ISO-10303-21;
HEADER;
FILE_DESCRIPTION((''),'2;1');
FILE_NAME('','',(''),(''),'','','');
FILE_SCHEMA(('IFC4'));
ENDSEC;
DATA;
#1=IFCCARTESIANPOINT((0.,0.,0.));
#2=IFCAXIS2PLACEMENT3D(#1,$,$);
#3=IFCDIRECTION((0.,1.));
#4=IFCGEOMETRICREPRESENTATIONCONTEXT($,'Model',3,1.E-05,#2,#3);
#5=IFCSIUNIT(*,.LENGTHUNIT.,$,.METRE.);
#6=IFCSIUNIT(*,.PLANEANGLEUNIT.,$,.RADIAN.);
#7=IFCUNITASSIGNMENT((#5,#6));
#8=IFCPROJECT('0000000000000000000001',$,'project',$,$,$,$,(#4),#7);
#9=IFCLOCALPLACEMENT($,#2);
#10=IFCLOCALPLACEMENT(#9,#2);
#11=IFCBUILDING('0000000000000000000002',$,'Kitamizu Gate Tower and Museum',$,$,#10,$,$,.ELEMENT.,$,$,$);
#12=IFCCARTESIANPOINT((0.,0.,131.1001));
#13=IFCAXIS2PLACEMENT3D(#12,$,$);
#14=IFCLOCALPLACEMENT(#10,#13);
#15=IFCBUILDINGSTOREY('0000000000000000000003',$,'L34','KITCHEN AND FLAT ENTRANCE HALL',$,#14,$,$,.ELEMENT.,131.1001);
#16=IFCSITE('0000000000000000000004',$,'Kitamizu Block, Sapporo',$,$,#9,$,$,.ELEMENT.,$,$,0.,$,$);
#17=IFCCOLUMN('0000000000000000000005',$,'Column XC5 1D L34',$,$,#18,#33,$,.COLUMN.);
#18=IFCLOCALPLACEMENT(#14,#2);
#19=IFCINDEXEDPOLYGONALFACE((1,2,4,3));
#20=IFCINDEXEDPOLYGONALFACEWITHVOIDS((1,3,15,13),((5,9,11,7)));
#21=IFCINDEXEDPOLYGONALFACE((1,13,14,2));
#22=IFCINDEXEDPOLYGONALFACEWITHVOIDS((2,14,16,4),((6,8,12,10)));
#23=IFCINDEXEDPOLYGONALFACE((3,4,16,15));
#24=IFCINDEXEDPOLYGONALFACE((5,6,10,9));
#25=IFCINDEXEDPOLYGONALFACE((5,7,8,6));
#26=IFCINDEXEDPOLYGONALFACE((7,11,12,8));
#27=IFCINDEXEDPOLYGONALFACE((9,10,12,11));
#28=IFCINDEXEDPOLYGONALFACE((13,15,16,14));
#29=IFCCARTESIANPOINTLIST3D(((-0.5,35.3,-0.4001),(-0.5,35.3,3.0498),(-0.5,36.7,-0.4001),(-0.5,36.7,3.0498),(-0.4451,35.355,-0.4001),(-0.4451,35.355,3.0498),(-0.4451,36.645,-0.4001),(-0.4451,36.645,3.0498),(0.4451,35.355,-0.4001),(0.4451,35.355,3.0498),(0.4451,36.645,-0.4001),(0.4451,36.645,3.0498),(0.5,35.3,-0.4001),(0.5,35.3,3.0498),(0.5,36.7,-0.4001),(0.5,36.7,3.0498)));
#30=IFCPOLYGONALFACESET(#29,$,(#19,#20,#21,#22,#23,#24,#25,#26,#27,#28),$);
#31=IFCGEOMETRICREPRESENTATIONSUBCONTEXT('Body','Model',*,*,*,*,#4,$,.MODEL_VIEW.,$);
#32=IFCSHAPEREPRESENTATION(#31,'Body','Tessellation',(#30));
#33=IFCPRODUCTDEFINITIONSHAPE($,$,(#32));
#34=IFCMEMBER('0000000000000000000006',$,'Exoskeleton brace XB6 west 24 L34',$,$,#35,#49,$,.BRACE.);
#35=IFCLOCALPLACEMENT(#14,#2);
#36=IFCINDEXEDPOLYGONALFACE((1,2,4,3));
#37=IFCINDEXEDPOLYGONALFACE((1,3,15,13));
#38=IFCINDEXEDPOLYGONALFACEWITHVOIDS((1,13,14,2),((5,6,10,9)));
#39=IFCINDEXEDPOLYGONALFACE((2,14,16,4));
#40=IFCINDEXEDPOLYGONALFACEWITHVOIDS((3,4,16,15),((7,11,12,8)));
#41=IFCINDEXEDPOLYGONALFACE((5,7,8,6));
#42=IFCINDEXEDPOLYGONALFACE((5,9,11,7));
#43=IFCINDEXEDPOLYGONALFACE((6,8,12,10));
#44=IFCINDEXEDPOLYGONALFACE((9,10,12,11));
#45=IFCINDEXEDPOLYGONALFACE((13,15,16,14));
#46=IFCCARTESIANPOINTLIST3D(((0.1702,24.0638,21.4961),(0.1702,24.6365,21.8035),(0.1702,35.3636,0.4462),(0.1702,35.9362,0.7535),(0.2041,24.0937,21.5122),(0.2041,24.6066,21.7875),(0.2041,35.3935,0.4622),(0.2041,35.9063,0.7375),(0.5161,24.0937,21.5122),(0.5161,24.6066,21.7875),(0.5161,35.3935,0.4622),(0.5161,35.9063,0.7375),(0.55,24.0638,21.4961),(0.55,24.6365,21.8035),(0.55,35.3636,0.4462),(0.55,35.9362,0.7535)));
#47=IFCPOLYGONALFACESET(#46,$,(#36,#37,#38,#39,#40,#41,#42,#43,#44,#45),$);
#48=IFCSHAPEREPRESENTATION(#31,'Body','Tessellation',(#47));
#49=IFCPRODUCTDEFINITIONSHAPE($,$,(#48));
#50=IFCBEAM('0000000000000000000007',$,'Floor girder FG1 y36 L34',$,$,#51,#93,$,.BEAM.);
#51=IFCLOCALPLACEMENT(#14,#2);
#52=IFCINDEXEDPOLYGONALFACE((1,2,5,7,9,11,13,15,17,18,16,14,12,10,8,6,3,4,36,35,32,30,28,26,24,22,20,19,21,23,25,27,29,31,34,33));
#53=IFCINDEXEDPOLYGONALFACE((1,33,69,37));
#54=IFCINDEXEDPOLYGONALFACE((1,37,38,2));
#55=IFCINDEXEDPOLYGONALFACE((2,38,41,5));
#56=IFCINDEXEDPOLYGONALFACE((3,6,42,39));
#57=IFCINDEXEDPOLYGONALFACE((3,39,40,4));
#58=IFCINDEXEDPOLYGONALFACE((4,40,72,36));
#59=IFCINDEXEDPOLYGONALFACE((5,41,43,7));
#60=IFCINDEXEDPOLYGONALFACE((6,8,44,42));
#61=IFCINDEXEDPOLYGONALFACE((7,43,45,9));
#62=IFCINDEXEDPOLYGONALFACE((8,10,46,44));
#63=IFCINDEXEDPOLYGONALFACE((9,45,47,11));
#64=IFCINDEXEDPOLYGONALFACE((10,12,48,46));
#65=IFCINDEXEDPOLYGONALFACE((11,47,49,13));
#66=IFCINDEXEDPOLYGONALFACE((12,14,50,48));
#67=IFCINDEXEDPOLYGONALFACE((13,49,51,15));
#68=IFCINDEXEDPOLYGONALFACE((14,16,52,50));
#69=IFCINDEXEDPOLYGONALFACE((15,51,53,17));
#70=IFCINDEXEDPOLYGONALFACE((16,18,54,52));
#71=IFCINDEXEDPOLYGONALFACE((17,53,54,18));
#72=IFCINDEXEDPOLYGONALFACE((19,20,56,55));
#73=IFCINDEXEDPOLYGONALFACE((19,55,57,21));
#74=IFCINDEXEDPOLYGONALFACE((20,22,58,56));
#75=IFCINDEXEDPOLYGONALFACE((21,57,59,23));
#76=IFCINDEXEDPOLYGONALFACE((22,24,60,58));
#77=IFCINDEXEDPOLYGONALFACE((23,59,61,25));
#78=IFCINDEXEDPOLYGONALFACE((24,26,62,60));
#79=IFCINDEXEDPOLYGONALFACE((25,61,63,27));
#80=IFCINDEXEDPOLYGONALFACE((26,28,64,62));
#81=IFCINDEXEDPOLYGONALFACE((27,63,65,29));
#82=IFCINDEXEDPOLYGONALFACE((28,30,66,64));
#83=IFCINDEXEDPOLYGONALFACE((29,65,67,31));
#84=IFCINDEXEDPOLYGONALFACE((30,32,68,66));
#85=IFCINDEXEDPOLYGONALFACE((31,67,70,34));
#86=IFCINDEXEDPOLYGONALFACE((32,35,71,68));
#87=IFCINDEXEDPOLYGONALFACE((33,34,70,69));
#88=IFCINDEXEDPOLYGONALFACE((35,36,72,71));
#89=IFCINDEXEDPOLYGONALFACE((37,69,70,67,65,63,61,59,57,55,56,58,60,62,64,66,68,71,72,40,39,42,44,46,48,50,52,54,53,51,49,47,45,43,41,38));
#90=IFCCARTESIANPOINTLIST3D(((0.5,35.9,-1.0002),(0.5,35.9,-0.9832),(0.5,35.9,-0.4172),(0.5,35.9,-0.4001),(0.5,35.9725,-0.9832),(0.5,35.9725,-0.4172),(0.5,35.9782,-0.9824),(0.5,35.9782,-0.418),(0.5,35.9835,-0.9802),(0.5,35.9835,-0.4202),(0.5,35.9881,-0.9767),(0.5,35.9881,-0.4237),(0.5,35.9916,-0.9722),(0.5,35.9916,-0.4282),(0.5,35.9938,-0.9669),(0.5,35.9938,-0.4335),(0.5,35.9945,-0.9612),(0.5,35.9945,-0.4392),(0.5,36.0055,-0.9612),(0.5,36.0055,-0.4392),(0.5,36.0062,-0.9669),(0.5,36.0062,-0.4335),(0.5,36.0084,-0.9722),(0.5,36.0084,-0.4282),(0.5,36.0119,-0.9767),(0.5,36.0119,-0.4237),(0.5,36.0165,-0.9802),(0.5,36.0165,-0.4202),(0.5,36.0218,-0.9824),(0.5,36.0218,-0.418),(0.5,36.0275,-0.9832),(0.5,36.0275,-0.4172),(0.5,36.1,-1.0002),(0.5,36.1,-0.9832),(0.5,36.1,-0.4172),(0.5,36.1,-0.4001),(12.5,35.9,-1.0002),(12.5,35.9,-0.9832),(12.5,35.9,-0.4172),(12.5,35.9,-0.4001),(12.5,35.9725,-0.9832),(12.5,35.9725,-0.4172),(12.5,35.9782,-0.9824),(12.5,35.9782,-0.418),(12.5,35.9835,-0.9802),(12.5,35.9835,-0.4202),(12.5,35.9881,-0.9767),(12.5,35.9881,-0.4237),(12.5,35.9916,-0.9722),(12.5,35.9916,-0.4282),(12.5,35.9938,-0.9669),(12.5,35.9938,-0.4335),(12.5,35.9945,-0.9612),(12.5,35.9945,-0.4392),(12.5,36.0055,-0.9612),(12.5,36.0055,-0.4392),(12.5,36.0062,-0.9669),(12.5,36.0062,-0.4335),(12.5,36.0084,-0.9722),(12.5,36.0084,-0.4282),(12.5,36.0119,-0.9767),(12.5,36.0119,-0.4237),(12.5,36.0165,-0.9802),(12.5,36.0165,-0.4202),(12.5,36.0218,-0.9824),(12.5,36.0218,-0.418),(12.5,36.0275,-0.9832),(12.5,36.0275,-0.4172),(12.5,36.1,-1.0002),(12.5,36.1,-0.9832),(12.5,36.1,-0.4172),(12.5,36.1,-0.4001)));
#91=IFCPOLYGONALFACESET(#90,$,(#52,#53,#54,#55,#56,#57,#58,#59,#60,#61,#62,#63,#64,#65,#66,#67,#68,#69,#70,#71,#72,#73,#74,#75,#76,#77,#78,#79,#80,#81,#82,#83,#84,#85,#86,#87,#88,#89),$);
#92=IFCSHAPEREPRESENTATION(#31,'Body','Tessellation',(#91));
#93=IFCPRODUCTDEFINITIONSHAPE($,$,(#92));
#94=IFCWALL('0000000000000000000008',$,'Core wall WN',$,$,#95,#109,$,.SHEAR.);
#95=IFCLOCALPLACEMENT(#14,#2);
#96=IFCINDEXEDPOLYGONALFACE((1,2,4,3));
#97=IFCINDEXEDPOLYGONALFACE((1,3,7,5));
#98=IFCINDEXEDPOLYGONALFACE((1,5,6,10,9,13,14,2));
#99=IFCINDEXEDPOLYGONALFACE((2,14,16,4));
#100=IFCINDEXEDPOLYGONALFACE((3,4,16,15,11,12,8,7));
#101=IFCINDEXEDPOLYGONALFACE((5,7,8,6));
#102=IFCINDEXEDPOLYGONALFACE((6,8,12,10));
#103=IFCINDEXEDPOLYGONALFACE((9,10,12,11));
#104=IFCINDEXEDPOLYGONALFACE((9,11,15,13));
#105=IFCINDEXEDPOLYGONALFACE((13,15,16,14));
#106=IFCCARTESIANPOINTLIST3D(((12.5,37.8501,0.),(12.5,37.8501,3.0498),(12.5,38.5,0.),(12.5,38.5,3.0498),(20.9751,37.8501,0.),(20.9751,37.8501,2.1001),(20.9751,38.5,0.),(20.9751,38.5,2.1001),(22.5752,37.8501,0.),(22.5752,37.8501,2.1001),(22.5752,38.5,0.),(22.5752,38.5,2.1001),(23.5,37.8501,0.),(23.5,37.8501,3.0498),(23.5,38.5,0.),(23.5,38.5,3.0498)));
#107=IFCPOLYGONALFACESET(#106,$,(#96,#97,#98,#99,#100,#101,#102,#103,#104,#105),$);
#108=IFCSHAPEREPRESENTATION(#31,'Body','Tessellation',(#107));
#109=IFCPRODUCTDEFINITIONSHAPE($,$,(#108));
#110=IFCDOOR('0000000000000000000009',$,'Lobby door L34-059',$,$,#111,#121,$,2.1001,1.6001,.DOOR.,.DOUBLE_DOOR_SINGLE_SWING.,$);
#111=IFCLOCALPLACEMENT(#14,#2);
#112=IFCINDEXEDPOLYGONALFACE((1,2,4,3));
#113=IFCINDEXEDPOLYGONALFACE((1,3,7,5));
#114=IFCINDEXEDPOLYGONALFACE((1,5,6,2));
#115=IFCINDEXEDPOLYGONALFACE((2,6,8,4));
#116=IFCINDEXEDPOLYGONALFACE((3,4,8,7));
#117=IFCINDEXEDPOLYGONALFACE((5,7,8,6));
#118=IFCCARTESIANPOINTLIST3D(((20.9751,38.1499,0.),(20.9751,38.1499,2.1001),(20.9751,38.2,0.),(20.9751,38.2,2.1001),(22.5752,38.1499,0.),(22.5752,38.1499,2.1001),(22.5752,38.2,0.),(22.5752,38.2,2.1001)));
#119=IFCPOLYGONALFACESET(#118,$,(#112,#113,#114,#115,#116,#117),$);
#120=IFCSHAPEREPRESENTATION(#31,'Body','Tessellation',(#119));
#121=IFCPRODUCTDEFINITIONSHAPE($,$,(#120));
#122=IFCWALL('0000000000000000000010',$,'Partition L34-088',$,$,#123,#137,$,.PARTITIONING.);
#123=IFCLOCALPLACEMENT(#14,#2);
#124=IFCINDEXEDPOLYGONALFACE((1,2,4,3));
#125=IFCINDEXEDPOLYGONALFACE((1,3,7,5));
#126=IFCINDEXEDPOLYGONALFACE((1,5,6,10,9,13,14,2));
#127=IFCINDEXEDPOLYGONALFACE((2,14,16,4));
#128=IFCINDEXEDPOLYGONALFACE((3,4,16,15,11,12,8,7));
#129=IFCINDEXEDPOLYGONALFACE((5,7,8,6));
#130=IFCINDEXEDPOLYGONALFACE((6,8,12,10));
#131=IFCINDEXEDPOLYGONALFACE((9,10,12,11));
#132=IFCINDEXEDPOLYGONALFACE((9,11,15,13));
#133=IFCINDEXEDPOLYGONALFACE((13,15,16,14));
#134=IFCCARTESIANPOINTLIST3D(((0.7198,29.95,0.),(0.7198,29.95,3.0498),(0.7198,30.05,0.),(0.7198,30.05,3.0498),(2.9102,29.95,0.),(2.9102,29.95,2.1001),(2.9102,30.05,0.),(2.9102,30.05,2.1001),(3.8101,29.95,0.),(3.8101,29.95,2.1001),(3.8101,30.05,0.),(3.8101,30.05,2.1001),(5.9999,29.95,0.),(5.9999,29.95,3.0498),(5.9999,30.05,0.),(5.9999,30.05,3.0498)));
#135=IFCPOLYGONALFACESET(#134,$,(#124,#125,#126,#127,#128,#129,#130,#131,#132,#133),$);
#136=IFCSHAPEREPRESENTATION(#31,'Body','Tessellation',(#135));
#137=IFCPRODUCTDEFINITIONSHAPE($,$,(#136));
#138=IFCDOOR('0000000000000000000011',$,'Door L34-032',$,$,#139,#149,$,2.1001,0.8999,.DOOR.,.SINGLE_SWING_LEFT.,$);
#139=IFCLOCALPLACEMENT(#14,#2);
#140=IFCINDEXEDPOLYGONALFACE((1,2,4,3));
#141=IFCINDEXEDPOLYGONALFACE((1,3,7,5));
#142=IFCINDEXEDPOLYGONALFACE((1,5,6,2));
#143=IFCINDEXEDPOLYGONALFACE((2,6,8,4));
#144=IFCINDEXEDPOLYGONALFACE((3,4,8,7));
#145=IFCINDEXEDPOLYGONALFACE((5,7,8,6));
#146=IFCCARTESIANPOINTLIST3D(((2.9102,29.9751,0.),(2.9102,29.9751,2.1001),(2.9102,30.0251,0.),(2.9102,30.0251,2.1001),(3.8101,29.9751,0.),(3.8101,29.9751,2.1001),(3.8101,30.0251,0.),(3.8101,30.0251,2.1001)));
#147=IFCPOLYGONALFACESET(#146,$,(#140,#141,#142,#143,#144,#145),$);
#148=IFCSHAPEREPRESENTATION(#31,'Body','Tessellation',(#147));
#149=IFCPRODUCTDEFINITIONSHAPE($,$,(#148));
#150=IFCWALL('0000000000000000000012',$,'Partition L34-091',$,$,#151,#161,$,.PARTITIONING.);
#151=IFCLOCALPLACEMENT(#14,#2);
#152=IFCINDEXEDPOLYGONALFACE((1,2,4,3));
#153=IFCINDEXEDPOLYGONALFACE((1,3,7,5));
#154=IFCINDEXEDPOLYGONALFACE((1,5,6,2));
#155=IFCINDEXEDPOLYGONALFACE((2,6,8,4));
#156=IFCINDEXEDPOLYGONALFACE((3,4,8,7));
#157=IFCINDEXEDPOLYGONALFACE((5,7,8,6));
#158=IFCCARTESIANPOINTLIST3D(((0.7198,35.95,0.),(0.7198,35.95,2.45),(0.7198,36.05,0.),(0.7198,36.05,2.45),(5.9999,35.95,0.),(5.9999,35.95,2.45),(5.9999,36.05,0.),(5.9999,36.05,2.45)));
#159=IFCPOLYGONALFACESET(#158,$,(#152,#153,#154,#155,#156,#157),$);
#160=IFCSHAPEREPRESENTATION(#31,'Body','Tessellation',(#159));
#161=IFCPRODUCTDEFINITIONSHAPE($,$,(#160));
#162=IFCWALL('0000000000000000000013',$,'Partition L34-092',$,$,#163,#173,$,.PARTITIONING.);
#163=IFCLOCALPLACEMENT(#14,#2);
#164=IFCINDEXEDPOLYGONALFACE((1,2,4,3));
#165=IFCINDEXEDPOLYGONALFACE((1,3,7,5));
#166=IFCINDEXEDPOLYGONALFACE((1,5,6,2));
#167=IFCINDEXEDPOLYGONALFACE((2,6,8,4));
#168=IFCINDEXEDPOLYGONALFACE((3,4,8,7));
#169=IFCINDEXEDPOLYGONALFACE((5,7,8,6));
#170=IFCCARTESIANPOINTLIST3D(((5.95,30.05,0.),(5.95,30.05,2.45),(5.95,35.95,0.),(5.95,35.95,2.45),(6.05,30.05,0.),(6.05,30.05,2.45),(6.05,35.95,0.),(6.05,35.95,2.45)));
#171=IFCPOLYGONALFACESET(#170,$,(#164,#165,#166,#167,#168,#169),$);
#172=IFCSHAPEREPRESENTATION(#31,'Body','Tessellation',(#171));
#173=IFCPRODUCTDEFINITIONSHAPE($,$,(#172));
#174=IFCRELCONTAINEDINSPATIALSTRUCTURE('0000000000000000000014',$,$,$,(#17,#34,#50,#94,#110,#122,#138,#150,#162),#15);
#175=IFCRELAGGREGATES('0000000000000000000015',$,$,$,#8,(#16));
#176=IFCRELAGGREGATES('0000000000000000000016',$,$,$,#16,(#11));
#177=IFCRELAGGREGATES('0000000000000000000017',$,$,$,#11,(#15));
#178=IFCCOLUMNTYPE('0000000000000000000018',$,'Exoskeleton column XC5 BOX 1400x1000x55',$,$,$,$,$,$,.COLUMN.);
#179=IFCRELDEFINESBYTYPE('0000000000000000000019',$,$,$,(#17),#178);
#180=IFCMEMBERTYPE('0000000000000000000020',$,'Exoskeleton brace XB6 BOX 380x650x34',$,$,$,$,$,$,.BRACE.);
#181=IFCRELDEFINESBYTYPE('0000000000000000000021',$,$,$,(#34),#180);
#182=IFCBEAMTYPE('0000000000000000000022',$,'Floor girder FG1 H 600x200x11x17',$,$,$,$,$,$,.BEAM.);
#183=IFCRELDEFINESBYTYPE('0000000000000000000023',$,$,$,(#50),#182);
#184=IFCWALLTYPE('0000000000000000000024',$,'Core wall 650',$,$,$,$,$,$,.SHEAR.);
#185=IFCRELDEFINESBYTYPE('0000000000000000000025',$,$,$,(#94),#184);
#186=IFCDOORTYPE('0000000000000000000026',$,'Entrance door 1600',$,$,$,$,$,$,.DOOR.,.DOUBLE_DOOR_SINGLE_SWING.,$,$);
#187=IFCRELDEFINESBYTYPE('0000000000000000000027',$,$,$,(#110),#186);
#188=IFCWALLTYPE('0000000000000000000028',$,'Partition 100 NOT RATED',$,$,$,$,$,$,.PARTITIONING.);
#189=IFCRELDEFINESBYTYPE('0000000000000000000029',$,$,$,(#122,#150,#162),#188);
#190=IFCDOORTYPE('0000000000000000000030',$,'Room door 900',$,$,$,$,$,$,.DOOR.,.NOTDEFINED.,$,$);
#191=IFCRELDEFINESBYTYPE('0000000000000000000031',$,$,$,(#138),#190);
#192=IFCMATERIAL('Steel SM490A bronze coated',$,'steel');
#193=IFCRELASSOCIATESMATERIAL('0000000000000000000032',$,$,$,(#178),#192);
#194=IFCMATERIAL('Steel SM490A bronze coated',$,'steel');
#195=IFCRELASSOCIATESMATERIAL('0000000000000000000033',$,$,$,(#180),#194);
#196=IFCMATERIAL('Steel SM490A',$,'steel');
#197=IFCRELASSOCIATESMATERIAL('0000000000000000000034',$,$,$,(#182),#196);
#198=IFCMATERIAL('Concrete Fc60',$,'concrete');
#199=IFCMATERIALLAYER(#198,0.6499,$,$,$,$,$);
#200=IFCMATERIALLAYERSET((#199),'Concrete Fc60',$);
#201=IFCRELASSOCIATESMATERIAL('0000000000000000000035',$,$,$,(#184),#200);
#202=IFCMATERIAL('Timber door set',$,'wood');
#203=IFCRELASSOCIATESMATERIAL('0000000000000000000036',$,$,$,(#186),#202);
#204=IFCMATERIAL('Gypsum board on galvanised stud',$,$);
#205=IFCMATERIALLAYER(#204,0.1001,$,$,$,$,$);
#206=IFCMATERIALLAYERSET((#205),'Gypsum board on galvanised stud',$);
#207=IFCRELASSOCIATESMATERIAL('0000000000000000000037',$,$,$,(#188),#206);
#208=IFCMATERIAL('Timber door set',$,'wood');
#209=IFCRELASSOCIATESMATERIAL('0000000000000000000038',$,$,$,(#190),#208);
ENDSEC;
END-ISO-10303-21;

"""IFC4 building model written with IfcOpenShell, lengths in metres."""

from ifc_helpers import new_model, si_unit, direction, frame, frame_2d, origin, origin_2d, place, context, subcontext, project, spatial, rectangle, hollow_rectangle, i_section, extrude, material, layer, layer_set, material_profile, profile_set, type_object, element, fill, save


model = new_model("IFC4")

# Units and contexts
model_context = context("Model", 3, precision=1e-05, world=origin(), true_north=direction((0.0, 1.0)))
body_context = subcontext(model_context, "Body", "Model", "MODEL_VIEW")
ifc_project = project(units=[si_unit("LENGTHUNIT", "METRE"), si_unit("PLANEANGLEUNIT", "RADIAN")], contexts=[model_context])

# Site, building, storey
site_placement = place(None, origin())
site = spatial("IfcSite", under=ifc_project, at=site_placement, Name="Kitamizu Block, Sapporo", CompositionType="ELEMENT", RefElevation=0.0)
building_placement = place(site_placement, origin())
building = spatial("IfcBuilding", under=site, at=building_placement, Name="Kitamizu Gate Tower and Museum", CompositionType="ELEMENT")
storey_placement = place(building_placement, frame((0.0, 0.0, 131.1001)))
storey = spatial("IfcBuildingStorey", under=building, at=storey_placement, Name="L34", Description="KITCHEN AND FLAT ENTRANCE HALL", CompositionType="ELEMENT", Elevation=131.1001)

# Column
ifc_material_1 = material(Name="Steel SM490A bronze coated", Category="steel")
ifc_material_profile_1 = material_profile(ifc_material_1, hollow_rectangle(XDim=1.3999, YDim=1.0, WallThickness=0.0549, at=origin_2d()), Name="BOX 1400x1000x55")
ifc_profile_set_1 = profile_set([ifc_material_profile_1], Name="Steel SM490A bronze coated")
column_type = type_object("IfcColumnType", Name="Exoskeleton column XC5 BOX 1400x1000x55", PredefinedType="COLUMN", material=ifc_profile_set_1)
column_placement = place(storey_placement, frame((0.0, 36.0, -0.4001), z_axis=(0.0, 0.0, 1.0), x_axis=(0.0, 1.0, 0.0)))
element("IfcColumn", 1, at=column_placement, inside=storey, type_object=column_type, Name="Column XC5 1D L34", PredefinedType="COLUMN", context=body_context, shape_type="SweptSolid", body=[
    extrude(hollow_rectangle(XDim=1.3999, YDim=1.0, WallThickness=0.0549, at=origin_2d()), origin(), (0.0, 0.0, 1.0), 3.45),
])

# Member
ifc_material_2 = material(Name="Steel SM490A bronze coated", Category="steel")
ifc_material_profile_2 = material_profile(ifc_material_2, hollow_rectangle(XDim=0.3799, YDim=0.6499, WallThickness=0.0339, at=origin_2d()), Name="BOX 380x650x34")
ifc_profile_set_2 = profile_set([ifc_material_profile_2], Name="Steel SM490A bronze coated")
member_type = type_object("IfcMemberType", Name="Exoskeleton brace XB6 BOX 380x650x34", PredefinedType="BRACE", material=ifc_profile_set_2)
member_placement = place(storey_placement, frame((0.3601, 35.6499, 0.5999), z_axis=(0.0, -0.472969, 0.881079), x_axis=(1.0, 0.0, 0.0)))
element("IfcMember", 2, at=member_placement, inside=storey, type_object=member_type, Name="Exoskeleton brace XB6 west 24 L34", PredefinedType="BRACE", context=body_context, shape_type="SweptSolid", body=[
    extrude(hollow_rectangle(XDim=0.3799, YDim=0.6499, WallThickness=0.0339, at=origin_2d()), origin(), (0.0, 0.0, 1.0), 23.8911),
])

# Beam
ifc_material_3 = material(Name="Steel SM490A", Category="steel")
ifc_material_profile_3 = material_profile(ifc_material_3, i_section(OverallWidth=0.2, OverallDepth=0.6001, WebThickness=0.011, FlangeThickness=0.0171, FilletRadius=0.022, at=origin_2d()), Name="H-600x200x11x17")
ifc_profile_set_3 = profile_set([ifc_material_profile_3], Name="Steel SM490A")
beam_type = type_object("IfcBeamType", Name="Floor girder FG1 H 600x200x11x17", PredefinedType="BEAM", material=ifc_profile_set_3)
beam_placement = place(storey_placement, frame((0.5, 36.0, -0.7002), z_axis=(1.0, 0.0, 0.0), x_axis=(0.0, 1.0, 0.0)))
element("IfcBeam", 3, at=beam_placement, inside=storey, type_object=beam_type, Name="Floor girder FG1 y36 L34", PredefinedType="BEAM", context=body_context, shape_type="SweptSolid", body=[
    extrude(i_section(OverallWidth=0.2, OverallDepth=0.6001, WebThickness=0.011, FlangeThickness=0.0171, FilletRadius=0.022, at=origin_2d()), origin(), (0.0, 0.0, 1.0), 12.0),
])

# Walls, openings, doors
ifc_material_4 = material(Name="Concrete Fc60", Category="concrete")
ifc_layer_1 = layer(ifc_material_4, 0.6499)
ifc_layer_set_1 = layer_set([ifc_layer_1], Name="Concrete Fc60")
wall_type_1 = type_object("IfcWallType", Name="Core wall 650", PredefinedType="SHEAR", material=ifc_layer_set_1)
wall_1_placement = place(storey_placement, frame((12.5, 38.175, 0.0), z_axis=(0.0, 0.0, 1.0), x_axis=(1.0, 0.0, 0.0)))
wall_1 = element("IfcWall", 4, at=wall_1_placement, inside=storey, type_object=wall_type_1, Name="Core wall WN", PredefinedType="SHEAR", context=body_context, shape_type="SweptSolid", body=[
    extrude(rectangle(XDim=11.0, YDim=0.6499, at=frame_2d((5.5, 0.0))), origin(), (0.0, 0.0, 1.0), 3.0498),
])
opening_1_placement = place(wall_1_placement, frame((8.4751, 0.0, 0.0)))
opening_1 = element("IfcOpeningElement", 5, at=opening_1_placement, cuts=wall_1, PredefinedType="OPENING", context=body_context, shape_type="SweptSolid", body=[
    extrude(rectangle(XDim=1.6001, YDim=2.1001, at=frame_2d((0.8, 1.05))), frame((0.0, 0.335, 0.0), z_axis=(0.0, -1.0, 0.0), x_axis=(1.0, 0.0, 0.0)), (0.0, 0.0, 1.0), 0.6699),
])
ifc_material_5 = material(Name="Timber door set", Category="wood")
door_type_1 = type_object("IfcDoorType", Name="Entrance door 1600", OperationType="DOUBLE_DOOR_SINGLE_SWING", PredefinedType="DOOR", material=ifc_material_5)
door_1_placement = place(opening_1_placement, origin())
door_1 = element("IfcDoor", 6, at=door_1_placement, inside=storey, type_object=door_type_1, Name="Lobby door L34-059", OperationType="DOUBLE_DOOR_SINGLE_SWING", OverallHeight=2.1001, OverallWidth=1.6001, PredefinedType="DOOR", context=body_context, shape_type="SweptSolid", body=[
    extrude(rectangle(XDim=1.6001, YDim=2.1001, at=frame_2d((0.8, 1.05))), frame((0.0, 0.0249, 0.0), z_axis=(0.0, -1.0, 0.0), x_axis=(1.0, 0.0, 0.0)), (0.0, 0.0, 1.0), 0.05),
])
fill(opening_1, door_1)
ifc_material_6 = material(Name="Gypsum board on galvanised stud")
ifc_layer_2 = layer(ifc_material_6, 0.1001)
ifc_layer_set_2 = layer_set([ifc_layer_2], Name="Gypsum board on galvanised stud")
wall_type_2 = type_object("IfcWallType", Name="Partition 100 NOT RATED", PredefinedType="PARTITIONING", material=ifc_layer_set_2)
wall_2_placement = place(storey_placement, frame((6.0, 30.0, 0.0), z_axis=(0.0, 0.0, 1.0), x_axis=(-1.0, 0.0, 0.0)))
wall_2 = element("IfcWall", 7, at=wall_2_placement, inside=storey, type_object=wall_type_2, Name="Partition L34-088", PredefinedType="PARTITIONING", context=body_context, shape_type="SweptSolid", body=[
    extrude(rectangle(XDim=5.28, YDim=0.1001, at=frame_2d((2.6401, 0.0))), origin(), (0.0, 0.0, 1.0), 3.0498),
])
opening_2_placement = place(wall_2_placement, frame((2.1899, 0.0, 0.0)))
opening_2 = element("IfcOpeningElement", 8, at=opening_2_placement, cuts=wall_2, PredefinedType="OPENING", context=body_context, shape_type="SweptSolid", body=[
    extrude(rectangle(XDim=0.8999, YDim=2.1001, at=frame_2d((0.45, 1.05))), frame((0.0, 0.0601, 0.0), z_axis=(0.0, -1.0, 0.0), x_axis=(1.0, 0.0, 0.0)), (0.0, 0.0, 1.0), 0.1201),
])
ifc_material_7 = material(Name="Timber door set", Category="wood")
door_type_2 = type_object("IfcDoorType", Name="Room door 900", OperationType="NOTDEFINED", PredefinedType="DOOR", material=ifc_material_7)
door_2_placement = place(opening_2_placement, origin())
door_2 = element("IfcDoor", 9, at=door_2_placement, inside=storey, type_object=door_type_2, Name="Door L34-032", OperationType="SINGLE_SWING_LEFT", OverallHeight=2.1001, OverallWidth=0.8999, PredefinedType="DOOR", context=body_context, shape_type="SweptSolid", body=[
    extrude(rectangle(XDim=0.8999, YDim=2.1001, at=frame_2d((0.45, 1.05))), frame((0.0, 0.0249, 0.0), z_axis=(0.0, -1.0, 0.0), x_axis=(1.0, 0.0, 0.0)), (0.0, 0.0, 1.0), 0.05),
])
fill(opening_2, door_2)

# Walls
wall_3_placement = place(storey_placement, frame((6.0, 36.0, 0.0), z_axis=(0.0, 0.0, 1.0), x_axis=(-1.0, 0.0, 0.0)))
element("IfcWall", 10, at=wall_3_placement, inside=storey, type_object=wall_type_2, Name="Partition L34-091", PredefinedType="PARTITIONING", context=body_context, shape_type="SweptSolid", body=[
    extrude(rectangle(XDim=5.28, YDim=0.1001, at=frame_2d((2.6401, 0.0))), origin(), (0.0, 0.0, 1.0), 2.45),
])
wall_4_placement = place(storey_placement, frame((6.0, 30.05, 0.0), z_axis=(0.0, 0.0, 1.0), x_axis=(0.0, 1.0, 0.0)))
element("IfcWall", 11, at=wall_4_placement, inside=storey, type_object=wall_type_2, Name="Partition L34-092", PredefinedType="PARTITIONING", context=body_context, shape_type="SweptSolid", body=[
    extrude(rectangle(XDim=5.8999, YDim=0.1001, at=frame_2d((2.95, 0.0))), origin(), (0.0, 0.0, 1.0), 2.45),
])

save(model, "model.ifc")
